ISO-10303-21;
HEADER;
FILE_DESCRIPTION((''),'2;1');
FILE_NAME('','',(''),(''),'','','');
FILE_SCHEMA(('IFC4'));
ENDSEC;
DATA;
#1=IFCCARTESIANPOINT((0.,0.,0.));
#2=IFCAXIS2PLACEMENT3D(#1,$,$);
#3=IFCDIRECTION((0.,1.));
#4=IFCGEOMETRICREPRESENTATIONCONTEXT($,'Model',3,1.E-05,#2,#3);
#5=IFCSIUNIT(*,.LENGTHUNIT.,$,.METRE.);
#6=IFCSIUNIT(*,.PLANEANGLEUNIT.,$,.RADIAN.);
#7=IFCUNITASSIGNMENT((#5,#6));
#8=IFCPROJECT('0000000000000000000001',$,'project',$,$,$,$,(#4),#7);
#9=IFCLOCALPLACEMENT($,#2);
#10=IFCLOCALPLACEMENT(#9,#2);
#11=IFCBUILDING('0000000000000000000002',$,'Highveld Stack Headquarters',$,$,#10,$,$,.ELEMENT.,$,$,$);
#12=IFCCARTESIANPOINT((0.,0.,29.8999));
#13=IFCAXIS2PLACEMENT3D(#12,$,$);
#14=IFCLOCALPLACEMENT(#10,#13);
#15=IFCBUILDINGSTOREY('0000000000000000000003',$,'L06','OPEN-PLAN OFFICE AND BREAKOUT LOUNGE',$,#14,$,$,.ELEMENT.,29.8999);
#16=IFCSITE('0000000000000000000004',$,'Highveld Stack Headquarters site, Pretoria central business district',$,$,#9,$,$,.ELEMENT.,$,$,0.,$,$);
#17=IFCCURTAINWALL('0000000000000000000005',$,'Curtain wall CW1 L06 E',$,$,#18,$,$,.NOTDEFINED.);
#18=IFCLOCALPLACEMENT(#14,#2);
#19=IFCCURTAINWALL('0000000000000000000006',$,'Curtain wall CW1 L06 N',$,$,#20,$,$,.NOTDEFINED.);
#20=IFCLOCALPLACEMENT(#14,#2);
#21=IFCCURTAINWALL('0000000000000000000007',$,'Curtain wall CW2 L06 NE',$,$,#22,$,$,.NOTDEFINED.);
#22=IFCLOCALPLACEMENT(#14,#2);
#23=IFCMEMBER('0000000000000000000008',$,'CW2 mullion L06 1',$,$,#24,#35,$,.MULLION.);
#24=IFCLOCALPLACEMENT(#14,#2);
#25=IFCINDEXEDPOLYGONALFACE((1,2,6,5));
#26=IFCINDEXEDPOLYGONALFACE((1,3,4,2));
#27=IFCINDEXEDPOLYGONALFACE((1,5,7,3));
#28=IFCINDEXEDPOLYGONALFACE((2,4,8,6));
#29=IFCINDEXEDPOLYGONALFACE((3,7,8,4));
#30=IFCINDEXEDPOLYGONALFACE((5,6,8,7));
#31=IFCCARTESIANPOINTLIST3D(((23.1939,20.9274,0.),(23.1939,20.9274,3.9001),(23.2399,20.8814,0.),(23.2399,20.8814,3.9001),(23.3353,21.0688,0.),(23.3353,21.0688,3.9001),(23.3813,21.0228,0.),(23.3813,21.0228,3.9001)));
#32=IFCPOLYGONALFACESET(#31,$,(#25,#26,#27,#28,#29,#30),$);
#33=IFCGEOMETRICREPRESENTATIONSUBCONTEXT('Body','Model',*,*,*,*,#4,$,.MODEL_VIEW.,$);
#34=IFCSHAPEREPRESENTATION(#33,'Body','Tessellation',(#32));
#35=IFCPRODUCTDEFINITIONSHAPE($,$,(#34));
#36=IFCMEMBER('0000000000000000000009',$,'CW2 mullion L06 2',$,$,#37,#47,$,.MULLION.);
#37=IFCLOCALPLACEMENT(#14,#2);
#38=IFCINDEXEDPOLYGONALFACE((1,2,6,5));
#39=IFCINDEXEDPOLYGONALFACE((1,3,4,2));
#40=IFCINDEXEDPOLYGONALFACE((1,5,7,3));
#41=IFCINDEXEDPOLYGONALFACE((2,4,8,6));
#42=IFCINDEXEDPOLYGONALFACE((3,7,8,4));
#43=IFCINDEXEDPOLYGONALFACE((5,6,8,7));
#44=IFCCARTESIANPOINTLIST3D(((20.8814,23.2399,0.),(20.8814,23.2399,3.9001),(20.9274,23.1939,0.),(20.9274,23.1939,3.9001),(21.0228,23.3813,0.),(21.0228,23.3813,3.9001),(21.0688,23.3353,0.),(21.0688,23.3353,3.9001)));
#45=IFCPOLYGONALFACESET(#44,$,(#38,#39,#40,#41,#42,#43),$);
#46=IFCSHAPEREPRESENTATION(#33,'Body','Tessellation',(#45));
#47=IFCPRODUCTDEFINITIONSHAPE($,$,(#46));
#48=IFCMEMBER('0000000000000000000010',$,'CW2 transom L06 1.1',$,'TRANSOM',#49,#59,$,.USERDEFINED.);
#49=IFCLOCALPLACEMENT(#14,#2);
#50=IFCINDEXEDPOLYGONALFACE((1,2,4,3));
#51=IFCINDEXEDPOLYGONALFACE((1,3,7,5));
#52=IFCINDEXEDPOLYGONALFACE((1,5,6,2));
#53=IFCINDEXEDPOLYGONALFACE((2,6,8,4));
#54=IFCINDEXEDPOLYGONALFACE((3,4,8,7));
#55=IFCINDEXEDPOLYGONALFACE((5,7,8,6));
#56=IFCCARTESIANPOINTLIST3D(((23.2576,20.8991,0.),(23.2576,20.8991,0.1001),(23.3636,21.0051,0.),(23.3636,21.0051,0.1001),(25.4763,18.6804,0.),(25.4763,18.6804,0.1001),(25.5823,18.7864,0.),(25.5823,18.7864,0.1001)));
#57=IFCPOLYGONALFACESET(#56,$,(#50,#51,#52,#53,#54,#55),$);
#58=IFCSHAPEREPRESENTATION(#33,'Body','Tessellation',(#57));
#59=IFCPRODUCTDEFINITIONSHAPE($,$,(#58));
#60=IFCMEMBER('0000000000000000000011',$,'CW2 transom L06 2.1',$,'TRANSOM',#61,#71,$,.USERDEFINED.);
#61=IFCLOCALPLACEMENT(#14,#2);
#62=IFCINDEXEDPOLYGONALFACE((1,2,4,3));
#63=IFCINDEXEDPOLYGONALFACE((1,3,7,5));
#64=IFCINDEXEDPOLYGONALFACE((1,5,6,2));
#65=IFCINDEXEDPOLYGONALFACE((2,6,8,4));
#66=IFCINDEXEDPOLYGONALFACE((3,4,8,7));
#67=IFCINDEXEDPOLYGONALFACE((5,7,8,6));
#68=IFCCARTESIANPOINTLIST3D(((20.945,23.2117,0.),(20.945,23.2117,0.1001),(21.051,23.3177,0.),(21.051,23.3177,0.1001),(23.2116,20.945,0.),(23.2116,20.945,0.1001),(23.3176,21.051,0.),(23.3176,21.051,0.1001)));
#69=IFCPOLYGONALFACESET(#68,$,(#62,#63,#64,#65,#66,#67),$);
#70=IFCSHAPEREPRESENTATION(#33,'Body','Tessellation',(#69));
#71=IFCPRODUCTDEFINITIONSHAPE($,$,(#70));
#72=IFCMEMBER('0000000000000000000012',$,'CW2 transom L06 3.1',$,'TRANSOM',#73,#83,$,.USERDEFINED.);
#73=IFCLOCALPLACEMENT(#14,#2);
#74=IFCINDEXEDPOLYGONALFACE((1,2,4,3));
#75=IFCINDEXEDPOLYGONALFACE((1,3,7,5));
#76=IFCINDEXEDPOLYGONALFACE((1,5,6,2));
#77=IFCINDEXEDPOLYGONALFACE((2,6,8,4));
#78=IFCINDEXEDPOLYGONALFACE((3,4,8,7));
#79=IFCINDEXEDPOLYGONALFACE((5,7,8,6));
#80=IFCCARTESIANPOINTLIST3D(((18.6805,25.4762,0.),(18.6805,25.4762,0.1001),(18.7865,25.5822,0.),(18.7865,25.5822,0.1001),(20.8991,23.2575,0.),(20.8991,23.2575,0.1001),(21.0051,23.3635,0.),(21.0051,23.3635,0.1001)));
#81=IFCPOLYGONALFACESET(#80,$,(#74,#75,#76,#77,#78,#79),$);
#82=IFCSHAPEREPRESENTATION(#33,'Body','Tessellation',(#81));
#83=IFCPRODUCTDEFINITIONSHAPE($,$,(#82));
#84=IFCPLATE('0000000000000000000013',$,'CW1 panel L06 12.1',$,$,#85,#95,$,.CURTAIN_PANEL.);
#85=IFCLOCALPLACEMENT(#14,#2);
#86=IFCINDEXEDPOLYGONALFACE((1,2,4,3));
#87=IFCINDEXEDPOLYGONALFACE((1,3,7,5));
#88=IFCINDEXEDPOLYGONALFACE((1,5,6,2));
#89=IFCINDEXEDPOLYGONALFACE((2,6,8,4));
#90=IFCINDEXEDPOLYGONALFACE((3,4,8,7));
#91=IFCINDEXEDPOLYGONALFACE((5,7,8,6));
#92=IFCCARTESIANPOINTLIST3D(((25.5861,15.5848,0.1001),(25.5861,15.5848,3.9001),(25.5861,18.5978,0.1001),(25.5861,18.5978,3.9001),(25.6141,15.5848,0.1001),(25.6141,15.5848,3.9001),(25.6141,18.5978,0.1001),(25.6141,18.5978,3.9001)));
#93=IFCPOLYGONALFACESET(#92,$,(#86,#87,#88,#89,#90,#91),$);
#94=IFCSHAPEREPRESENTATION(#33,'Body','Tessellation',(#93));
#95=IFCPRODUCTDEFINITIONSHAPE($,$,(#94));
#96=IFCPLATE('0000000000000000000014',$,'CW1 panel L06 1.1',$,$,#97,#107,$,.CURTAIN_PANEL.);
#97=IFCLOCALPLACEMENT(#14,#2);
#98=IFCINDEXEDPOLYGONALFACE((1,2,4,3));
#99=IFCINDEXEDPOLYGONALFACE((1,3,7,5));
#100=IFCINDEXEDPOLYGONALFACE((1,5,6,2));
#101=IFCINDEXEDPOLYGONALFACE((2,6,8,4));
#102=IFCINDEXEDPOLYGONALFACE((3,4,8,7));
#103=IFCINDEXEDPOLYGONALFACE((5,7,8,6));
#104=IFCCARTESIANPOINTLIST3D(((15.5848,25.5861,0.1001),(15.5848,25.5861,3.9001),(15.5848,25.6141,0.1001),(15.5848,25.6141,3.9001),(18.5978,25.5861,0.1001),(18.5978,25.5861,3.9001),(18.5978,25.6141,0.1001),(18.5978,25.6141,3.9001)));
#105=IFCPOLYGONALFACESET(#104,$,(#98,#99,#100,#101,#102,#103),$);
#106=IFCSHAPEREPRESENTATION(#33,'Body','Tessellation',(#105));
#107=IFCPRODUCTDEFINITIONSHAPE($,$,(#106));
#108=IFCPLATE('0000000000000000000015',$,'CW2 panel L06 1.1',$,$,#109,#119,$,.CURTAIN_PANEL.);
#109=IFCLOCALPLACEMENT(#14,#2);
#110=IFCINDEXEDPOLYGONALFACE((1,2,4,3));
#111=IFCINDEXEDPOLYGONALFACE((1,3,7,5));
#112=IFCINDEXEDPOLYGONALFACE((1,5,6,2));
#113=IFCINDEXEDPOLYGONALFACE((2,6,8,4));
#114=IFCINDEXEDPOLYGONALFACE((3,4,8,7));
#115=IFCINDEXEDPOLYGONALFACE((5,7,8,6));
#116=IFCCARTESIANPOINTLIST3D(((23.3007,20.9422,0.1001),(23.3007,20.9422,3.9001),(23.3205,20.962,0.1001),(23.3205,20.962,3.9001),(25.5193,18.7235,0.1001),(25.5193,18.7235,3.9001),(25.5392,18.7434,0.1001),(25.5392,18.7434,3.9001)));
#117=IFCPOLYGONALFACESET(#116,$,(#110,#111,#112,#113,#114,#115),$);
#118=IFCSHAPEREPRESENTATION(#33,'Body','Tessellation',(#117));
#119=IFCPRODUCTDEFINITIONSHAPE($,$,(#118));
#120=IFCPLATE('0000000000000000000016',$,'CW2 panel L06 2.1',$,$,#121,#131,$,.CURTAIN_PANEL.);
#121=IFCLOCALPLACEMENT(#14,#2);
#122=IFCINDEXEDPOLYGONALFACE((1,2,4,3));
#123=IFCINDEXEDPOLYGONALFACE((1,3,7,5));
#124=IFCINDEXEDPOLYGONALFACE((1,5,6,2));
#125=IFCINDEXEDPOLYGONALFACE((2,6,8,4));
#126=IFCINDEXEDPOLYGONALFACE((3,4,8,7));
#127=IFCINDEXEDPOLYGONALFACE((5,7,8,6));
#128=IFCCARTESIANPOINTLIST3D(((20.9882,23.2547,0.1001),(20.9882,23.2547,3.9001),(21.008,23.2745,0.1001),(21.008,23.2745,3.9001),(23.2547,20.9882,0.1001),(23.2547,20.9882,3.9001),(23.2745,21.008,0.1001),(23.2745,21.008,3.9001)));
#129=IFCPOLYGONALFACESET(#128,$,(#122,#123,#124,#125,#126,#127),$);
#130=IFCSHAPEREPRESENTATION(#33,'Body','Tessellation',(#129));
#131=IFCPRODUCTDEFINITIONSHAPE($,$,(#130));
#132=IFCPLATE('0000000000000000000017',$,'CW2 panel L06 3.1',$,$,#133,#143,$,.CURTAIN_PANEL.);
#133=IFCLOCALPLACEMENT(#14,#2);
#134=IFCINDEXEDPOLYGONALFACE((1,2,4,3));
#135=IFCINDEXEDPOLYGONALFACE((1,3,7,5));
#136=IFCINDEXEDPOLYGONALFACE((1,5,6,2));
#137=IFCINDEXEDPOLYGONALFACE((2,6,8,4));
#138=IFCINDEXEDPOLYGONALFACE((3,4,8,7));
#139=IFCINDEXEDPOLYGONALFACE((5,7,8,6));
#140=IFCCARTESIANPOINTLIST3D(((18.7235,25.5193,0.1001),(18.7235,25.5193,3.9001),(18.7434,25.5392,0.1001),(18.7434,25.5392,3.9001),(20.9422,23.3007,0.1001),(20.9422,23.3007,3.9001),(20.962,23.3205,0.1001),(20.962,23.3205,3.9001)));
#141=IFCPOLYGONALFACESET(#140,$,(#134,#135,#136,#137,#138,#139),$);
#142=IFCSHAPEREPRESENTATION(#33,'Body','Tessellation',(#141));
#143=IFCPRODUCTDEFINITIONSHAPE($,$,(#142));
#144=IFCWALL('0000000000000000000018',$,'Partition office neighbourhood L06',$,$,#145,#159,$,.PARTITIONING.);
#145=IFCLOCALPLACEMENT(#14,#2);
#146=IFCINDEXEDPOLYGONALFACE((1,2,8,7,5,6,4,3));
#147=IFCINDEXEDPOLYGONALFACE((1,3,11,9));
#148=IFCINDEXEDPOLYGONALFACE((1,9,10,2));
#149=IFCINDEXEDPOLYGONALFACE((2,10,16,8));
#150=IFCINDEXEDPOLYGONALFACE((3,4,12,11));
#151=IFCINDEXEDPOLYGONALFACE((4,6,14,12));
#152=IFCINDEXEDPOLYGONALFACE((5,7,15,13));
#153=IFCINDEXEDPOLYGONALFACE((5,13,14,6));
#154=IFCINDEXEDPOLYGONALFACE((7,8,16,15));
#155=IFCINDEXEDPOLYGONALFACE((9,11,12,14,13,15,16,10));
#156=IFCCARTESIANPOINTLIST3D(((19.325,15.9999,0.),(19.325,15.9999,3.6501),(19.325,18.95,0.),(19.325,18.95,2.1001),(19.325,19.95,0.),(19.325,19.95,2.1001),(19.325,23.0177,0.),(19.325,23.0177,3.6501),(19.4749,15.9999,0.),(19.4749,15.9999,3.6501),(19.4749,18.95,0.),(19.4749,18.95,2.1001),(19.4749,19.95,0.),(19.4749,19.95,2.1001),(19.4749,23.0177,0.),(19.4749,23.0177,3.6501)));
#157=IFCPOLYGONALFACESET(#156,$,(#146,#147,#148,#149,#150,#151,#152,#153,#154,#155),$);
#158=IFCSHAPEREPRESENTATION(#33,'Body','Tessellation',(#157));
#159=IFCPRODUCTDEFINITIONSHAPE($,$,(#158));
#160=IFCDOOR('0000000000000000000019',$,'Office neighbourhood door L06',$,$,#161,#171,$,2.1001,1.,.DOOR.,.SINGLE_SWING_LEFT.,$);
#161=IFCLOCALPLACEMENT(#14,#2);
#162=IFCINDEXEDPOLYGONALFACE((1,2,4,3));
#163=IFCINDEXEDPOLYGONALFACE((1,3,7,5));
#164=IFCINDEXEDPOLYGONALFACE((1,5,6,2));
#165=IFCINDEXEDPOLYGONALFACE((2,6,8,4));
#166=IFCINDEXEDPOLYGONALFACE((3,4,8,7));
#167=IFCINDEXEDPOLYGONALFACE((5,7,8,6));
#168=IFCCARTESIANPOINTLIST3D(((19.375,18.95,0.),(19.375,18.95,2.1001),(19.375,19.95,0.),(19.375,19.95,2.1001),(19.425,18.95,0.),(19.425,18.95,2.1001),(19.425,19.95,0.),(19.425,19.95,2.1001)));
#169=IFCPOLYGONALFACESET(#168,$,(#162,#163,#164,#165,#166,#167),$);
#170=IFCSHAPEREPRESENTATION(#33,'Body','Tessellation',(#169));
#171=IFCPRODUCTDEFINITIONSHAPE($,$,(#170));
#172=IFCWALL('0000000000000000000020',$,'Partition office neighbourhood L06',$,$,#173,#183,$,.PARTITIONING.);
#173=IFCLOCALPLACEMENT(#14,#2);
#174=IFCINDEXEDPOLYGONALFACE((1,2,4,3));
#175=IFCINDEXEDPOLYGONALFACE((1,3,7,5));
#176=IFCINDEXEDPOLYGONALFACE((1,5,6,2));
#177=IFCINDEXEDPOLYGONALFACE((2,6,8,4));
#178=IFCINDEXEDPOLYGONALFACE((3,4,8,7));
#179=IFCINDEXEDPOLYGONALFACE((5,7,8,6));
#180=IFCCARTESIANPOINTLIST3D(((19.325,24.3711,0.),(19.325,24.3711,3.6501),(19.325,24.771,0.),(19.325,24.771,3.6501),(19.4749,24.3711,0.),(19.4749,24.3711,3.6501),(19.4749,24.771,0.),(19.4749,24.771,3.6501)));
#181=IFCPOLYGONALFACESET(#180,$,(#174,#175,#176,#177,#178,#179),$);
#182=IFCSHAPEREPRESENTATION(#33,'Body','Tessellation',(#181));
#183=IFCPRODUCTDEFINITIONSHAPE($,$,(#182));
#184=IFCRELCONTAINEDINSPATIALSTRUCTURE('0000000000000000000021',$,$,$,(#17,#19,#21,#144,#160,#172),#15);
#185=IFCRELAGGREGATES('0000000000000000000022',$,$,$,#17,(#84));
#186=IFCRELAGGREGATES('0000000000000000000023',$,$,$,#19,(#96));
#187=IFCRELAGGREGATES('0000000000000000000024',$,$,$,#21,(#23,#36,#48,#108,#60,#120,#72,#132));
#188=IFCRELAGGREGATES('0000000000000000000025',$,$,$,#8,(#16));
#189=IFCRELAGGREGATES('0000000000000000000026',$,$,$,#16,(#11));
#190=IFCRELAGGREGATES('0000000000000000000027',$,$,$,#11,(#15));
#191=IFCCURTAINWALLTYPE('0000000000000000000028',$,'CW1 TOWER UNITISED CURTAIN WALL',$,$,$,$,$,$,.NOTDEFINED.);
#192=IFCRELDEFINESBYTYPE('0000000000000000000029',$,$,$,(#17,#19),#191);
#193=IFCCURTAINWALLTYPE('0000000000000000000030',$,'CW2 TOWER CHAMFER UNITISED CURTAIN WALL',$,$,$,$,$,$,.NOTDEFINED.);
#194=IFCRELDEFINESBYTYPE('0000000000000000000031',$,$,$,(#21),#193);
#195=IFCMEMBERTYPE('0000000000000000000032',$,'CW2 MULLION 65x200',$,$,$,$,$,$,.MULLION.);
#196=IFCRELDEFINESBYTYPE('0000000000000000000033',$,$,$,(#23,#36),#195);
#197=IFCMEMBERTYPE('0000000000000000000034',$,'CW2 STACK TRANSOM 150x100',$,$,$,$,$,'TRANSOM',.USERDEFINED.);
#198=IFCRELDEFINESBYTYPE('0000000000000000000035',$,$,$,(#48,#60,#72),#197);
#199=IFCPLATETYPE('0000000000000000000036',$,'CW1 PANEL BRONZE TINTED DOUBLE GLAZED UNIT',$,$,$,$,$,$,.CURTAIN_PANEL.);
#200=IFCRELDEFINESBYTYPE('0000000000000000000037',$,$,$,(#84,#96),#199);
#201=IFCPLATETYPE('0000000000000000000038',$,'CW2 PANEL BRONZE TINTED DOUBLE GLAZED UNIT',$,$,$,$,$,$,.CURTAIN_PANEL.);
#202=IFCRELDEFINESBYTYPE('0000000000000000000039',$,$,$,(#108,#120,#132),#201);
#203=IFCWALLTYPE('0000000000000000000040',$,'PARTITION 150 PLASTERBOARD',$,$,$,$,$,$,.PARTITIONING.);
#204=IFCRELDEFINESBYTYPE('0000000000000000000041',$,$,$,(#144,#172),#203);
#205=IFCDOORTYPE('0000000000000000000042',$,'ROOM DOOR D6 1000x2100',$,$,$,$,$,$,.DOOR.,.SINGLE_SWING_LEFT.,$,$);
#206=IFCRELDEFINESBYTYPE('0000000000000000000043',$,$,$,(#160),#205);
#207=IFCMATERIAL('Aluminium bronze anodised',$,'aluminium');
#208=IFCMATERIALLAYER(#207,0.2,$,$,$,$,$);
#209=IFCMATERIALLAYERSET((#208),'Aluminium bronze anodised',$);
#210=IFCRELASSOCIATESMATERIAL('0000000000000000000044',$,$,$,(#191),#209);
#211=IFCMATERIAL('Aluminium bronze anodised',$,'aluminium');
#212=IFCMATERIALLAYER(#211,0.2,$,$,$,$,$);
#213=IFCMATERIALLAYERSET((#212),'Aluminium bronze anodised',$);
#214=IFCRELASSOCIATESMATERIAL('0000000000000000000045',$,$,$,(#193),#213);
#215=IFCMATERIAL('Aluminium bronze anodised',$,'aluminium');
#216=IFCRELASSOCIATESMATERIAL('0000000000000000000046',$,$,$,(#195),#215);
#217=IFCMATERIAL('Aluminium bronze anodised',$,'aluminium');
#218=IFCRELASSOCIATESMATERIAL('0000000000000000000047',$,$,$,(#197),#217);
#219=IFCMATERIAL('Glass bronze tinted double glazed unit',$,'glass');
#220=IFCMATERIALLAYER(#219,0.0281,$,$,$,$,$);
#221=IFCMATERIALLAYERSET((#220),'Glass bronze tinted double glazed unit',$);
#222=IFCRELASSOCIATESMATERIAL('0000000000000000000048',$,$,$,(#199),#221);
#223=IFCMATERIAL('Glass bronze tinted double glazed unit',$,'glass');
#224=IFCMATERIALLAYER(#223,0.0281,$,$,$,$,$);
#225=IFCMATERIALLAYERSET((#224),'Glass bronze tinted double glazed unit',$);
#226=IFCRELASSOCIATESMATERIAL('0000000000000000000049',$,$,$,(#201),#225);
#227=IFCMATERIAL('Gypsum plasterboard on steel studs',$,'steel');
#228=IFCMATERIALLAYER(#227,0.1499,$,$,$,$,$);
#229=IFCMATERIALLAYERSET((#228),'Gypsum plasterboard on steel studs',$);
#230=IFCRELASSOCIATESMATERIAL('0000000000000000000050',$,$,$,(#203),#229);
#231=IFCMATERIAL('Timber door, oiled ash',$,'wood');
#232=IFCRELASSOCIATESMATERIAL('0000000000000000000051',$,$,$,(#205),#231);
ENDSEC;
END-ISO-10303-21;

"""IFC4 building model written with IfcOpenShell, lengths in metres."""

from ifc_helpers import new_model, si_unit, direction, frame, frame_2d, origin, origin_2d, place, context, subcontext, project, spatial, rectangle, extrude, material, layer, layer_set, material_profile, profile_set, type_object, element, fill, aggregate, save


model = new_model("IFC4")

# Units and contexts
model_context = context("Model", 3, precision=1e-05, world=origin(), true_north=direction((0.0, 1.0)))
body_context = subcontext(model_context, "Body", "Model", "MODEL_VIEW")
ifc_project = project(units=[si_unit("LENGTHUNIT", "METRE"), si_unit("PLANEANGLEUNIT", "RADIAN")], contexts=[model_context])

# Site, building, storey
site_placement = place(None, origin())
site = spatial("IfcSite", under=ifc_project, at=site_placement, Name="Highveld Stack Headquarters site, Pretoria central business district", CompositionType="ELEMENT", RefElevation=0.0)
building_placement = place(site_placement, origin())
building = spatial("IfcBuilding", under=site, at=building_placement, Name="Highveld Stack Headquarters", CompositionType="ELEMENT")
storey_placement = place(building_placement, frame((0.0, 0.0, 29.8999)))
storey = spatial("IfcBuildingStorey", under=building, at=storey_placement, Name="L06", Description="OPEN-PLAN OFFICE AND BREAKOUT LOUNGE", CompositionType="ELEMENT", Elevation=29.8999)

# Curtain wall
ifc_material_1 = material(Name="Aluminium bronze anodised", Category="aluminium")
ifc_layer_1 = layer(ifc_material_1, 0.2)
ifc_layer_set_1 = layer_set([ifc_layer_1], Name="Aluminium bronze anodised")
curtain_wall_type_1 = type_object("IfcCurtainWallType", Name="CW1 TOWER UNITISED CURTAIN WALL", PredefinedType="NOTDEFINED", material=ifc_layer_set_1)
curtain_wall_1_placement = place(storey_placement, origin())
curtain_wall_1 = element("IfcCurtainWall", 1, at=curtain_wall_1_placement, inside=storey, type_object=curtain_wall_type_1, Name="Curtain wall CW1 L06 E", PredefinedType="NOTDEFINED")

# Curtain wall
curtain_wall_2_placement = place(storey_placement, origin())
curtain_wall_2 = element("IfcCurtainWall", 2, at=curtain_wall_2_placement, inside=storey, type_object=curtain_wall_type_1, Name="Curtain wall CW1 L06 N", PredefinedType="NOTDEFINED")

# Curtain wall, members
ifc_material_2 = material(Name="Aluminium bronze anodised", Category="aluminium")
ifc_layer_2 = layer(ifc_material_2, 0.2)
ifc_layer_set_2 = layer_set([ifc_layer_2], Name="Aluminium bronze anodised")
curtain_wall_type_2 = type_object("IfcCurtainWallType", Name="CW2 TOWER CHAMFER UNITISED CURTAIN WALL", PredefinedType="NOTDEFINED", material=ifc_layer_set_2)
curtain_wall_3_placement = place(storey_placement, origin())
curtain_wall_3 = element("IfcCurtainWall", 3, at=curtain_wall_3_placement, inside=storey, type_object=curtain_wall_type_2, Name="Curtain wall CW2 L06 NE", PredefinedType="NOTDEFINED")
ifc_material_3 = material(Name="Aluminium bronze anodised", Category="aluminium")
ifc_material_profile_1 = material_profile(ifc_material_3, rectangle(XDim=0.2, YDim=0.0649, at=origin_2d()), Name="CW2 MULLION 65x200")
ifc_profile_set_1 = profile_set([ifc_material_profile_1], Name="Aluminium bronze anodised")
member_type_1 = type_object("IfcMemberType", Name="CW2 MULLION 65x200", PredefinedType="MULLION", material=ifc_profile_set_1)
member_1_placement = place(storey_placement, frame((23.2876, 20.9751, 0.0), z_axis=(0.0, 0.0, 1.0), x_axis=(-0.707107, -0.707107, 0.0)))
member_1 = element("IfcMember", 4, at=member_1_placement, type_object=member_type_1, Name="CW2 mullion L06 1", PredefinedType="MULLION", context=body_context, shape_type="SweptSolid", body=[
    extrude(rectangle(XDim=0.2, YDim=0.0649, at=origin_2d()), origin(), (0.0, 0.0, 1.0), 3.9001),
])
member_2_placement = place(storey_placement, frame((20.9751, 23.2876, 0.0), z_axis=(0.0, 0.0, 1.0), x_axis=(-0.707107, -0.707107, 0.0)))
member_2 = element("IfcMember", 5, at=member_2_placement, type_object=member_type_1, Name="CW2 mullion L06 2", PredefinedType="MULLION", context=body_context, shape_type="SweptSolid", body=[
    extrude(rectangle(XDim=0.2, YDim=0.0649, at=origin_2d()), origin(), (0.0, 0.0, 1.0), 3.9001),
])
ifc_material_4 = material(Name="Aluminium bronze anodised", Category="aluminium")
ifc_material_profile_2 = material_profile(ifc_material_4, rectangle(XDim=0.1499, YDim=0.1001, at=origin_2d()), Name="CW2 TRANSOM 150x100")
ifc_profile_set_2 = profile_set([ifc_material_profile_2], Name="Aluminium bronze anodised")
member_type_2 = type_object("IfcMemberType", Name="CW2 STACK TRANSOM 150x100", ElementType="TRANSOM", PredefinedType="USERDEFINED", material=ifc_profile_set_2)
member_3_placement = place(storey_placement, frame((25.5293, 18.7334, 0.05), z_axis=(-0.707107, 0.707107, 0.0), x_axis=(-0.707107, -0.707107, 0.0)))
member_3 = element("IfcMember", 6, at=member_3_placement, type_object=member_type_2, Name="CW2 transom L06 1.1", ObjectType="TRANSOM", PredefinedType="USERDEFINED", context=body_context, shape_type="SweptSolid", body=[
    extrude(rectangle(XDim=0.1499, YDim=0.1001, at=origin_2d()), origin(), (0.0, 0.0, 1.0), 3.1377),
])
member_4_placement = place(storey_placement, frame((23.2646, 20.998, 0.05), z_axis=(-0.707107, 0.707107, 0.0), x_axis=(-0.707107, -0.707107, 0.0)))
member_4 = element("IfcMember", 7, at=member_4_placement, type_object=member_type_2, Name="CW2 transom L06 2.1", ObjectType="TRANSOM", PredefinedType="USERDEFINED", context=body_context, shape_type="SweptSolid", body=[
    extrude(rectangle(XDim=0.1499, YDim=0.1001, at=origin_2d()), origin(), (0.0, 0.0, 1.0), 3.2056),
])
member_5_placement = place(storey_placement, frame((20.9521, 23.3105, 0.05), z_axis=(-0.707107, 0.707107, 0.0), x_axis=(-0.707107, -0.707107, 0.0)))
member_5 = element("IfcMember", 8, at=member_5_placement, type_object=member_type_2, Name="CW2 transom L06 3.1", ObjectType="TRANSOM", PredefinedType="USERDEFINED", context=body_context, shape_type="SweptSolid", body=[
    extrude(rectangle(XDim=0.1499, YDim=0.1001, at=origin_2d()), origin(), (0.0, 0.0, 1.0), 3.1377),
])

# Plates
ifc_material_5 = material(Name="Glass bronze tinted double glazed unit", Category="glass")
ifc_layer_3 = layer(ifc_material_5, 0.0281)
ifc_layer_set_3 = layer_set([ifc_layer_3], Name="Glass bronze tinted double glazed unit")
plate_type_1 = type_object("IfcPlateType", Name="CW1 PANEL BRONZE TINTED DOUBLE GLAZED UNIT", PredefinedType="CURTAIN_PANEL", material=ifc_layer_set_3)
plate_1_placement = place(storey_placement, frame((25.6001, 17.0913, 0.1001), z_axis=(0.0, 0.0, 1.0), x_axis=(0.0, 1.0, 0.0)))
plate_1 = element("IfcPlate", 9, at=plate_1_placement, type_object=plate_type_1, Name="CW1 panel L06 12.1", PredefinedType="CURTAIN_PANEL", context=body_context, shape_type="SweptSolid", body=[
    extrude(rectangle(XDim=3.0129, YDim=0.0281, at=origin_2d()), origin(), (0.0, 0.0, 1.0), 3.8),
])
aggregate(curtain_wall_1, [plate_1])
plate_2_placement = place(storey_placement, frame((17.0913, 25.6001, 0.1001), z_axis=(0.0, 0.0, 1.0), x_axis=(-1.0, 0.0, 0.0)))
plate_2 = element("IfcPlate", 10, at=plate_2_placement, type_object=plate_type_1, Name="CW1 panel L06 1.1", PredefinedType="CURTAIN_PANEL", context=body_context, shape_type="SweptSolid", body=[
    extrude(rectangle(XDim=3.0129, YDim=0.0281, at=origin_2d()), origin(), (0.0, 0.0, 1.0), 3.8),
])
aggregate(curtain_wall_2, [plate_2])
ifc_material_6 = material(Name="Glass bronze tinted double glazed unit", Category="glass")
ifc_layer_4 = layer(ifc_material_6, 0.0281)
ifc_layer_set_4 = layer_set([ifc_layer_4], Name="Glass bronze tinted double glazed unit")
plate_type_2 = type_object("IfcPlateType", Name="CW2 PANEL BRONZE TINTED DOUBLE GLAZED UNIT", PredefinedType="CURTAIN_PANEL", material=ifc_layer_set_4)
plate_3_placement = place(storey_placement, frame((24.4199, 19.8428, 0.1001), z_axis=(0.0, 0.0, 1.0), x_axis=(-0.707107, 0.707107, 0.0)))
plate_3 = element("IfcPlate", 11, at=plate_3_placement, type_object=plate_type_2, Name="CW2 panel L06 1.1", PredefinedType="CURTAIN_PANEL", context=body_context, shape_type="SweptSolid", body=[
    extrude(rectangle(XDim=3.1377, YDim=0.0281, at=origin_2d()), origin(), (0.0, 0.0, 1.0), 3.8),
])
plate_4_placement = place(storey_placement, frame((22.1313, 22.1313, 0.1001), z_axis=(0.0, 0.0, 1.0), x_axis=(-0.707107, 0.707107, 0.0)))
plate_4 = element("IfcPlate", 12, at=plate_4_placement, type_object=plate_type_2, Name="CW2 panel L06 2.1", PredefinedType="CURTAIN_PANEL", context=body_context, shape_type="SweptSolid", body=[
    extrude(rectangle(XDim=3.2053, YDim=0.0281, at=origin_2d()), origin(), (0.0, 0.0, 1.0), 3.8),
])
plate_5_placement = place(storey_placement, frame((19.8428, 24.4199, 0.1001), z_axis=(0.0, 0.0, 1.0), x_axis=(-0.707107, 0.707107, 0.0)))
plate_5 = element("IfcPlate", 13, at=plate_5_placement, type_object=plate_type_2, Name="CW2 panel L06 3.1", PredefinedType="CURTAIN_PANEL", context=body_context, shape_type="SweptSolid", body=[
    extrude(rectangle(XDim=3.1377, YDim=0.0281, at=origin_2d()), origin(), (0.0, 0.0, 1.0), 3.8),
])
aggregate(curtain_wall_3, [member_1, member_2, member_3, plate_3, member_4, plate_4, member_5, plate_5])

# Wall, opening, door
ifc_material_7 = material(Name="Gypsum plasterboard on steel studs", Category="steel")
ifc_layer_5 = layer(ifc_material_7, 0.1499)
ifc_layer_set_5 = layer_set([ifc_layer_5], Name="Gypsum plasterboard on steel studs")
wall_type = type_object("IfcWallType", Name="PARTITION 150 PLASTERBOARD", PredefinedType="PARTITIONING", material=ifc_layer_set_5)
wall_1_placement = place(storey_placement, frame((19.3999, 16.0, 0.0), z_axis=(0.0, 0.0, 1.0), x_axis=(0.0, 1.0, 0.0)))
wall_1 = element("IfcWall", 14, at=wall_1_placement, inside=storey, type_object=wall_type, Name="Partition office neighbourhood L06", PredefinedType="PARTITIONING", context=body_context, shape_type="SweptSolid", body=[
    extrude(rectangle(XDim=7.0178, YDim=0.1499, at=frame_2d((3.5088, 0.0))), origin(), (0.0, 0.0, 1.0), 3.6501),
])
opening_placement = place(wall_1_placement, frame((2.95, 0.0, 0.0)))
opening = element("IfcOpeningElement", 15, at=opening_placement, cuts=wall_1, PredefinedType="OPENING", context=body_context, shape_type="SweptSolid", body=[
    extrude(rectangle(XDim=1.0, YDim=2.1001, at=frame_2d((0.5, 1.05))), frame((0.0, 0.085, 0.0), z_axis=(0.0, -1.0, 0.0), x_axis=(1.0, 0.0, 0.0)), (0.0, 0.0, 1.0), 0.1699),
])
ifc_material_8 = material(Name="Timber door, oiled ash", Category="wood")
door_type = type_object("IfcDoorType", Name="ROOM DOOR D6 1000x2100", OperationType="SINGLE_SWING_LEFT", PredefinedType="DOOR", material=ifc_material_8)
door_placement = place(opening_placement, origin())
door = element("IfcDoor", 16, at=door_placement, inside=storey, type_object=door_type, Name="Office neighbourhood door L06", OperationType="SINGLE_SWING_LEFT", OverallHeight=2.1001, OverallWidth=1.0, PredefinedType="DOOR", context=body_context, shape_type="SweptSolid", body=[
    extrude(rectangle(XDim=1.0, YDim=2.1001, at=frame_2d((0.5, 1.05))), frame((0.0, 0.0249, 0.0), z_axis=(0.0, -1.0, 0.0), x_axis=(1.0, 0.0, 0.0)), (0.0, 0.0, 1.0), 0.05),
])
fill(opening, door)

# Wall
wall_2_placement = place(storey_placement, frame((19.3999, 24.3711, 0.0), z_axis=(0.0, 0.0, 1.0), x_axis=(0.0, 1.0, 0.0)))
element("IfcWall", 17, at=wall_2_placement, inside=storey, type_object=wall_type, Name="Partition office neighbourhood L06", PredefinedType="PARTITIONING", context=body_context, shape_type="SweptSolid", body=[
    extrude(rectangle(XDim=0.3999, YDim=0.1499, at=frame_2d((0.2, 0.0))), origin(), (0.0, 0.0, 1.0), 3.6501),
])

save(model, "model.ifc")
